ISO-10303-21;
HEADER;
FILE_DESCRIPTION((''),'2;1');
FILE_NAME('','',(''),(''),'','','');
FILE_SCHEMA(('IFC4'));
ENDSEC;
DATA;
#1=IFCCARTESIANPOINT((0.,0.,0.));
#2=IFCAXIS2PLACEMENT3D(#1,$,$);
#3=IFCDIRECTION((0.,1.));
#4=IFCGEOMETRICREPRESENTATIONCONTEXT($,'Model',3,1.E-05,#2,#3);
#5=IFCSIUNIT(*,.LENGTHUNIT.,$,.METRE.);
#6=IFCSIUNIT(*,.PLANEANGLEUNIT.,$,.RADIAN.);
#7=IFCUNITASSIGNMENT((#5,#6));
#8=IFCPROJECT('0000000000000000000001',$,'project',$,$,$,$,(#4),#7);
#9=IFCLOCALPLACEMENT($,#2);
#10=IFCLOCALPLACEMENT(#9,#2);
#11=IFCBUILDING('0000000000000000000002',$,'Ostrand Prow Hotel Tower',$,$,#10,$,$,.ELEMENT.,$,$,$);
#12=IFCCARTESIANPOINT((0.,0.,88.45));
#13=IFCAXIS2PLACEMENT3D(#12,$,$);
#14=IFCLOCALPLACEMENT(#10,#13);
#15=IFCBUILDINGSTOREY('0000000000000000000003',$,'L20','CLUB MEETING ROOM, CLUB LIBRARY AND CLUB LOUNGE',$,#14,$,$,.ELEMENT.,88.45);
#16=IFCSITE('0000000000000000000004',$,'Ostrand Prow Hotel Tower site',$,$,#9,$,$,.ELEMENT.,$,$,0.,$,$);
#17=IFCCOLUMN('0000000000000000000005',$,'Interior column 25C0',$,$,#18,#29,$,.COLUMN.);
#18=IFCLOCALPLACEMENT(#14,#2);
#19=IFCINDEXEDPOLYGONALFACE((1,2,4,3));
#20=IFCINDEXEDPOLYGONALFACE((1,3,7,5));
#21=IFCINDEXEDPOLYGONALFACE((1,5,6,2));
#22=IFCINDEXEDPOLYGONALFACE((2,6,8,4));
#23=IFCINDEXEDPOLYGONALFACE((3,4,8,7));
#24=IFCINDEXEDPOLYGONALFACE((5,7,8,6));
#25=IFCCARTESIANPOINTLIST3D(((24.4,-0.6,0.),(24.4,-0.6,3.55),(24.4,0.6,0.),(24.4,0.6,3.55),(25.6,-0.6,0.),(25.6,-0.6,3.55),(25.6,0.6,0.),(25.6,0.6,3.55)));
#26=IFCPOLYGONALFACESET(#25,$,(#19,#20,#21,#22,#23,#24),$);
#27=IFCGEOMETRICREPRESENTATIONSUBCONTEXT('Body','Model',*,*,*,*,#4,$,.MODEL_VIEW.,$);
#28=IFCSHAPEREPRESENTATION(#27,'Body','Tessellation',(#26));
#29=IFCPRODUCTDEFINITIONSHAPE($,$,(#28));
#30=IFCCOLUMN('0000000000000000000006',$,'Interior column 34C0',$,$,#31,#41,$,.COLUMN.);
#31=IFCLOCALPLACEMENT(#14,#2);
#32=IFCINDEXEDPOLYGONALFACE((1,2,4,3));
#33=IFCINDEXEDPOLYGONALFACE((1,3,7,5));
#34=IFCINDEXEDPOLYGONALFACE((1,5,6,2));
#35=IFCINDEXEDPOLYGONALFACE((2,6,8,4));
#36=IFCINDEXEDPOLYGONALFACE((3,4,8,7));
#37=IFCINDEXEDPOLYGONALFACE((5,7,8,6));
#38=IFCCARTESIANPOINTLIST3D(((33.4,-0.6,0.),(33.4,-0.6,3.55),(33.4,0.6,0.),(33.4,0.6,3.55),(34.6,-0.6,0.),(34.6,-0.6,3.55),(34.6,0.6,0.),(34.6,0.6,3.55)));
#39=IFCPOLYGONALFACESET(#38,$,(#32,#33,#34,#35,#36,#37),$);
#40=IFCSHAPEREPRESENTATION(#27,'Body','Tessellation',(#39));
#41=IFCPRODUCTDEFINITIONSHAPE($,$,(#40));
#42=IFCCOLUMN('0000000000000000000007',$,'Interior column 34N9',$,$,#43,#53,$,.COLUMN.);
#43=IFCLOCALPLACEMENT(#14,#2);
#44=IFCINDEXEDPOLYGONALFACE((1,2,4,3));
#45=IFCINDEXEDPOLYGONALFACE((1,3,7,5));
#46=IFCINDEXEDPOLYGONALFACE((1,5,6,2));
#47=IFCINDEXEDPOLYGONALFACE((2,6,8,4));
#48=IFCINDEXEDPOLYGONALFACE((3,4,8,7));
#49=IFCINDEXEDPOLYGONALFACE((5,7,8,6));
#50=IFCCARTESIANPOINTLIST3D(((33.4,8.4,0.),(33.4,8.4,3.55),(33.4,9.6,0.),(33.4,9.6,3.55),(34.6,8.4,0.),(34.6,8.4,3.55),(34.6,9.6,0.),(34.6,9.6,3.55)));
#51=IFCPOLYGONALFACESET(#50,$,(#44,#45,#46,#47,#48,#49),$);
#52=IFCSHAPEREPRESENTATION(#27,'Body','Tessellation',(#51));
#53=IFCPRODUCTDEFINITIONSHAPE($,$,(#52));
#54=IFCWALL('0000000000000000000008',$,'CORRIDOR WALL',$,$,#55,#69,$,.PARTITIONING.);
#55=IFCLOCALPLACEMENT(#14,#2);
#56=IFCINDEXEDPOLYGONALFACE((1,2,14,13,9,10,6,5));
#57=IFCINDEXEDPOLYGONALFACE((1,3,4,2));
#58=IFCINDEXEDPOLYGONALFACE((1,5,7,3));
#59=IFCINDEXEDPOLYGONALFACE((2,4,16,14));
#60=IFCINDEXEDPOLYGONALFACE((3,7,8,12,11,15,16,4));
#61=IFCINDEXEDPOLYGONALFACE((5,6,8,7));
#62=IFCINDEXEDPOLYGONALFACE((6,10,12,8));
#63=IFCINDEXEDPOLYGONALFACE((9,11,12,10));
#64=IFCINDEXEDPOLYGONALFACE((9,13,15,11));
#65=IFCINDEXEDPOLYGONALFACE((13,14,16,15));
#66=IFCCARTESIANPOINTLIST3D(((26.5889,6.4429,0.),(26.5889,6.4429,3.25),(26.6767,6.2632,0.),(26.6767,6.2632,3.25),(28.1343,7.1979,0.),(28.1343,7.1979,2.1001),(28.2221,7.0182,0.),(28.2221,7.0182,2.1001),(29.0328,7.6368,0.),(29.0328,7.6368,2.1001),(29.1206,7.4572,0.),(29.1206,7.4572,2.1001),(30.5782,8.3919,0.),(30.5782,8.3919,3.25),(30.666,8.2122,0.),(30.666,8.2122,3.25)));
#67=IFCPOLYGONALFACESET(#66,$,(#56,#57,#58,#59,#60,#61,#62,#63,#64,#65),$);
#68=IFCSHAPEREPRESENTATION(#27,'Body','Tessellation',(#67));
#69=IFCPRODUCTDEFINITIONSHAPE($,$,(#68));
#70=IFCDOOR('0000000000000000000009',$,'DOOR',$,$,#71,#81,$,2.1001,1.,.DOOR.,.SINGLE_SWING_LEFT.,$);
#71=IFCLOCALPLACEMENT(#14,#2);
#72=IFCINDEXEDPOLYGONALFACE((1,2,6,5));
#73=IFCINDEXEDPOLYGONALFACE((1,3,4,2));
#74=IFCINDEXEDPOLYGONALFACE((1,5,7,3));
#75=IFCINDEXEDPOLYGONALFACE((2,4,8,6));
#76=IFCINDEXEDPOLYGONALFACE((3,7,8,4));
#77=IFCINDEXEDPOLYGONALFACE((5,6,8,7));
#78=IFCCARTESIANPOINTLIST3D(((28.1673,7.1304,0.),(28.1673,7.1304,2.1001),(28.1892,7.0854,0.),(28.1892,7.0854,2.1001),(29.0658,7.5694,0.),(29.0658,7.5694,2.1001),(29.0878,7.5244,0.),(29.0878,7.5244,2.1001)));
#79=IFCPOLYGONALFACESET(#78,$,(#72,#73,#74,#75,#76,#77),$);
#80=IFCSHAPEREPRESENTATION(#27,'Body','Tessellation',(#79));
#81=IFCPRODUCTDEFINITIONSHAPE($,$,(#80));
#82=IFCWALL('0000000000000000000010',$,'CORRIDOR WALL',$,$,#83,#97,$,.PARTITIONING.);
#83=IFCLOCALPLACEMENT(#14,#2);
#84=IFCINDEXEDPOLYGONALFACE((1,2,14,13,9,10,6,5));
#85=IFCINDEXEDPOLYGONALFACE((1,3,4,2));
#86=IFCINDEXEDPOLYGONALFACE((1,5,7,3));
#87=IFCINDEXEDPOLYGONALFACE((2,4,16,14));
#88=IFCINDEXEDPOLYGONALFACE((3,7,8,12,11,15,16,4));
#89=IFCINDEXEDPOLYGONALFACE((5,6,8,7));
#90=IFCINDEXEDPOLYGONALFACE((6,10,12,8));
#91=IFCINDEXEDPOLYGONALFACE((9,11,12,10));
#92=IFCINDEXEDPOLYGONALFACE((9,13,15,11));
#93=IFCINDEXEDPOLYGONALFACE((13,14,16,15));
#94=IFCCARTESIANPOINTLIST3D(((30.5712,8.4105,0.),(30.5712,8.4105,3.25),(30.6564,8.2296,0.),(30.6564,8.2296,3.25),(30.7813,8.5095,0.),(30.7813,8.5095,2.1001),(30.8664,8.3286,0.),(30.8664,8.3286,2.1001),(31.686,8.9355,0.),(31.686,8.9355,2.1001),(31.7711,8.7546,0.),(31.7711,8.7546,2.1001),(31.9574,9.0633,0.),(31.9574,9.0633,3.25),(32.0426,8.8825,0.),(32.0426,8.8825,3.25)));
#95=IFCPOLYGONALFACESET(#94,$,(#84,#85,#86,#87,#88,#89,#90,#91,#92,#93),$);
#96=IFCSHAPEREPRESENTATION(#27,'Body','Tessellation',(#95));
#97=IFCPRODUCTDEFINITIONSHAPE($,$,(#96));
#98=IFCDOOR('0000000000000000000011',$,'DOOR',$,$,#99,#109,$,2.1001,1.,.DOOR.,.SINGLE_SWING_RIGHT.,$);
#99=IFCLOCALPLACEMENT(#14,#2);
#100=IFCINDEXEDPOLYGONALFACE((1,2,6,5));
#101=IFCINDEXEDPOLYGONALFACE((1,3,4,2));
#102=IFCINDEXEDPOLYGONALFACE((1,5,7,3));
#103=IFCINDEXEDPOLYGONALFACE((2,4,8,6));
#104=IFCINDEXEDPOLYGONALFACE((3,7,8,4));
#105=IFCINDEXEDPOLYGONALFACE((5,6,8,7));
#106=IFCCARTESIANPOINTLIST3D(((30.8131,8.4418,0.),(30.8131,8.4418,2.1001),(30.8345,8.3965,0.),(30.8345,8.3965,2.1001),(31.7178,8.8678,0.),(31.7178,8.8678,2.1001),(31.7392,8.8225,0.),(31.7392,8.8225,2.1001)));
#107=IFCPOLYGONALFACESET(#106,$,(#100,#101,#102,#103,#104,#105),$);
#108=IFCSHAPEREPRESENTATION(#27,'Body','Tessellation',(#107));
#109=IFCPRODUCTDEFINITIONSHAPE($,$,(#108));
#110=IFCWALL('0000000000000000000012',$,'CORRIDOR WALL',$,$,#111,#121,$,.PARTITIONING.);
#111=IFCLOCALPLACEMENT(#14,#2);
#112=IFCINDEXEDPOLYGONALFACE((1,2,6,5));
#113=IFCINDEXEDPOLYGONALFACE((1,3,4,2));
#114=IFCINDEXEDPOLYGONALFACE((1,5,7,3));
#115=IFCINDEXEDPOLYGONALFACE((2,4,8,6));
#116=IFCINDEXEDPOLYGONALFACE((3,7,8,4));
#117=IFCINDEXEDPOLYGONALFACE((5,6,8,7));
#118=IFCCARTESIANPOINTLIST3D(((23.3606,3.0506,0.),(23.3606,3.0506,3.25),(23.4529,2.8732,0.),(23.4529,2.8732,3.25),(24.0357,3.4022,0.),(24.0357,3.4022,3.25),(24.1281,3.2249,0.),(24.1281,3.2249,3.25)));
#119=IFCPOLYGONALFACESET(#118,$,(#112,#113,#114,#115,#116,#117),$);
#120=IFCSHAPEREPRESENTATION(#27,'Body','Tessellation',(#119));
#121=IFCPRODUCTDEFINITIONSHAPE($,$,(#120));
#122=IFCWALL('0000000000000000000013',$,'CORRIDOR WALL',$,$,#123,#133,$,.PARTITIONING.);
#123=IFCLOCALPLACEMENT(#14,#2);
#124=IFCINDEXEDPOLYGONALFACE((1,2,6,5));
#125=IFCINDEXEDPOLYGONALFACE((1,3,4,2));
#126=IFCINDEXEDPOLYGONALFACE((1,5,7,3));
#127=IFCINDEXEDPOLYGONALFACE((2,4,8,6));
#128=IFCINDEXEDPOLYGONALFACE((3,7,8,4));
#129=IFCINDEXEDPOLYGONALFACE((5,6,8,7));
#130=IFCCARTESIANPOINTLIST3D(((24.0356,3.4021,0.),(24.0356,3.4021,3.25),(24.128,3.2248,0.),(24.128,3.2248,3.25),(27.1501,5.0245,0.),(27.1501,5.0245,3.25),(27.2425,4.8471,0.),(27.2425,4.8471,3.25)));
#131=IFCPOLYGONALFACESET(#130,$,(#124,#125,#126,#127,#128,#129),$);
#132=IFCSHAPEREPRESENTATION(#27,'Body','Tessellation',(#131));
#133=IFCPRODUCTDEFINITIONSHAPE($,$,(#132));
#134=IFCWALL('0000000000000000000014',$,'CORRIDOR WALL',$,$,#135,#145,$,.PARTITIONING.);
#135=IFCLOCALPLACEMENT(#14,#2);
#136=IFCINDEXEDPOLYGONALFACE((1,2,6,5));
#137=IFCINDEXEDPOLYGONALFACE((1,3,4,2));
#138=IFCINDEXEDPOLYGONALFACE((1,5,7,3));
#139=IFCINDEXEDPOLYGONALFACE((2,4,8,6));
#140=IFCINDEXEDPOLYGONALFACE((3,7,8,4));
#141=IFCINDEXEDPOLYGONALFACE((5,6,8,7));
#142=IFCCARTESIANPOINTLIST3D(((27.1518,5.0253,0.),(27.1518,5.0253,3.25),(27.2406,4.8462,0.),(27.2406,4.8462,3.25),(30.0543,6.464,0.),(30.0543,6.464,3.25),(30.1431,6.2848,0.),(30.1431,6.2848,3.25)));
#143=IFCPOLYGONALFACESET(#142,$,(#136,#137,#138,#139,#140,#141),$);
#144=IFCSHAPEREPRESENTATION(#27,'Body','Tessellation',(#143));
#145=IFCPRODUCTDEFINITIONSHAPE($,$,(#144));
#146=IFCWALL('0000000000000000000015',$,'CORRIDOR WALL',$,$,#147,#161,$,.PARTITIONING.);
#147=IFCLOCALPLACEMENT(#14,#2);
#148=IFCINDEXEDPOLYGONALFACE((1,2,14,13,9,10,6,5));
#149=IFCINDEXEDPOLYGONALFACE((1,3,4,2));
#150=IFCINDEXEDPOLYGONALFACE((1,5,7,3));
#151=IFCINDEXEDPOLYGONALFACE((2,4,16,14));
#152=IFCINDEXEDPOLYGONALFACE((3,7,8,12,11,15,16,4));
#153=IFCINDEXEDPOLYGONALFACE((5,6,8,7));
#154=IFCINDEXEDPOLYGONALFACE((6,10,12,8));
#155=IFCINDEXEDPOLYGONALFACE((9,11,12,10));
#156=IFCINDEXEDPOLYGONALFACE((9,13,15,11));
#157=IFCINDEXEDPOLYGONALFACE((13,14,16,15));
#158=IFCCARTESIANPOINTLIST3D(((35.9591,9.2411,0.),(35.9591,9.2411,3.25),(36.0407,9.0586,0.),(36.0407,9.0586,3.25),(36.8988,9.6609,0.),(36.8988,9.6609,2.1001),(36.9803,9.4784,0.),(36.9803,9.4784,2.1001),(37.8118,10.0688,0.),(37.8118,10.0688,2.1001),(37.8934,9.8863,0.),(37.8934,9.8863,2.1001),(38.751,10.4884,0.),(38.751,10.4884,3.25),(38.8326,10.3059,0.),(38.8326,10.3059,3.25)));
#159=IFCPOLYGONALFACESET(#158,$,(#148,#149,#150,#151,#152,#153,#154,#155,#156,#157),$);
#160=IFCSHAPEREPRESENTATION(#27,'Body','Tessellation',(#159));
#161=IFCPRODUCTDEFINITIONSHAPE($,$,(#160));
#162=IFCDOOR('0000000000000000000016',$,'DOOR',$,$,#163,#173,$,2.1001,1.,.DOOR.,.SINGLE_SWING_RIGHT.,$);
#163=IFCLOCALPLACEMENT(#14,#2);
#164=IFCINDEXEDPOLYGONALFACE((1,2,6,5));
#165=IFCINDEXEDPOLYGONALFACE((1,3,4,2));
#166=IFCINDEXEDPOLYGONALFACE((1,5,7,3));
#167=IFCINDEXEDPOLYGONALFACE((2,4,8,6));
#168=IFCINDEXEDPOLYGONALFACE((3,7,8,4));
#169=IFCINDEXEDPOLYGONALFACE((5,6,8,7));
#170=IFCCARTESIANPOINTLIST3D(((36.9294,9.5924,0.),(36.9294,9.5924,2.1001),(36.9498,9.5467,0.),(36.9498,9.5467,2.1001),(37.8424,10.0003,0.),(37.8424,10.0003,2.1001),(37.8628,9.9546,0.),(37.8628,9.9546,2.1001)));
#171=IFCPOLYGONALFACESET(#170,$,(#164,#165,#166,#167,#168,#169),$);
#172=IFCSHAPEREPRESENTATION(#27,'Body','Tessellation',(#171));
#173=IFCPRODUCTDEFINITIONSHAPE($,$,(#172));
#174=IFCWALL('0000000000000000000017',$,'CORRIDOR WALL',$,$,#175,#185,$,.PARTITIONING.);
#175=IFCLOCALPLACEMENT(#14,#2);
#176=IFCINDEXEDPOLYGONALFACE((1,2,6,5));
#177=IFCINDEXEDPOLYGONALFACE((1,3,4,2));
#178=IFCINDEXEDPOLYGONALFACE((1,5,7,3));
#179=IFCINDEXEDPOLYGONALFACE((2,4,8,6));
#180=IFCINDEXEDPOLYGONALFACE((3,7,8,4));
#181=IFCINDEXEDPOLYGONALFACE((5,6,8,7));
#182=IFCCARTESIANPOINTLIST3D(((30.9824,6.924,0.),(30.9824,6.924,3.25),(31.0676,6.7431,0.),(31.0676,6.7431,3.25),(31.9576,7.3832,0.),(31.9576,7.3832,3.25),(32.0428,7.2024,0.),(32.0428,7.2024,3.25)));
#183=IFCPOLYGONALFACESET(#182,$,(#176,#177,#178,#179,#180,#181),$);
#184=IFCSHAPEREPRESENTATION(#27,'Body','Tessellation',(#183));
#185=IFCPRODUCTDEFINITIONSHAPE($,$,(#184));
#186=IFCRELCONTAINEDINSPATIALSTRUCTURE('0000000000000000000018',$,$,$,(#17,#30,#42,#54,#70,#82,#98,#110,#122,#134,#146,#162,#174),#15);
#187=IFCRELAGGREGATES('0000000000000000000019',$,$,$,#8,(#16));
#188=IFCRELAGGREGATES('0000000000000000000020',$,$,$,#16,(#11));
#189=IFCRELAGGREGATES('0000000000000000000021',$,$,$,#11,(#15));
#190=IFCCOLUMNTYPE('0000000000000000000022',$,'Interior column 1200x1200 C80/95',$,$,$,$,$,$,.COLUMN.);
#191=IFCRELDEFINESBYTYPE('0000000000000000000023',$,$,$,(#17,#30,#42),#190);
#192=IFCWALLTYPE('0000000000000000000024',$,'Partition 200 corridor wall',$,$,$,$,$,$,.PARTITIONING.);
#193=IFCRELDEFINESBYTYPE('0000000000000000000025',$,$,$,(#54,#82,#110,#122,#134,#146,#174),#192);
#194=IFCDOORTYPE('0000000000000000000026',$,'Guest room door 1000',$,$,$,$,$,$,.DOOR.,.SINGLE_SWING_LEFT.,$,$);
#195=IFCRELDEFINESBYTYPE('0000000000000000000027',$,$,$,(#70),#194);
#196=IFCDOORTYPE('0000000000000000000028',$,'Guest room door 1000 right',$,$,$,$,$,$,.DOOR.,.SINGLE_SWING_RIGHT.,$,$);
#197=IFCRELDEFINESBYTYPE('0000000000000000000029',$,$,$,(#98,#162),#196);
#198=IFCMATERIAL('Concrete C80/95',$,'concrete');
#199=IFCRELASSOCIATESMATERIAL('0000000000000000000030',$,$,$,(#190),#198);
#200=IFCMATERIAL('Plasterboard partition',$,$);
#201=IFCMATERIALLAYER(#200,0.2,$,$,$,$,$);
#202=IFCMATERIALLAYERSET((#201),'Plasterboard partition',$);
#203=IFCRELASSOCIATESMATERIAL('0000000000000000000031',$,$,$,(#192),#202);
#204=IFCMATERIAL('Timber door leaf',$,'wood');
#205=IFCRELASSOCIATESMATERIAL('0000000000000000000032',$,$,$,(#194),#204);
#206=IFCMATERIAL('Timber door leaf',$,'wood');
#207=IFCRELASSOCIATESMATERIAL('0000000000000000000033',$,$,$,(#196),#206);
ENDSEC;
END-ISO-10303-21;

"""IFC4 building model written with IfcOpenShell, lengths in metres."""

from ifc_helpers import new_model, si_unit, direction, frame, frame_2d, origin, origin_2d, place, context, subcontext, project, spatial, rectangle, extrude, material, layer, layer_set, material_profile, profile_set, type_object, element, fill, save


model = new_model("IFC4")

# Units and contexts
model_context = context("Model", 3, precision=1e-05, world=origin(), true_north=direction((0.0, 1.0)))
body_context = subcontext(model_context, "Body", "Model", "MODEL_VIEW")
ifc_project = project(units=[si_unit("LENGTHUNIT", "METRE"), si_unit("PLANEANGLEUNIT", "RADIAN")], contexts=[model_context])

# Site, building, storey
site_placement = place(None, origin())
site = spatial("IfcSite", under=ifc_project, at=site_placement, Name="Ostrand Prow Hotel Tower site", CompositionType="ELEMENT", RefElevation=0.0)
building_placement = place(site_placement, origin())
building = spatial("IfcBuilding", under=site, at=building_placement, Name="Ostrand Prow Hotel Tower", CompositionType="ELEMENT")
storey_placement = place(building_placement, frame((0.0, 0.0, 88.45)))
storey = spatial("IfcBuildingStorey", under=building, at=storey_placement, Name="L20", Description="CLUB MEETING ROOM, CLUB LIBRARY AND CLUB LOUNGE", CompositionType="ELEMENT", Elevation=88.45)

# Columns
ifc_material_1 = material(Name="Concrete C80/95", Category="concrete")
ifc_material_profile = material_profile(ifc_material_1, rectangle(XDim=1.2, YDim=1.2, at=origin_2d()), Name="RC 1200x1200")
ifc_profile_set = profile_set([ifc_material_profile], Name="Concrete C80/95")
column_type = type_object("IfcColumnType", Name="Interior column 1200x1200 C80/95", PredefinedType="COLUMN", material=ifc_profile_set)
for number, where, z_axis, x_axis, name in (
    (1, (25.0, 0.0, 0.0), (0.0, 0.0, 1.0), (1.0, 0.0, 0.0), "Interior column 25C0"),
    (2, (34.0, 0.0, 0.0), (0.0, 0.0, 1.0), (1.0, 0.0, 0.0), "Interior column 34C0"),
    (3, (34.0, 9.0, 0.0), (0.0, 0.0, 1.0), (1.0, 0.0, 0.0), "Interior column 34N9"),
):
    element("IfcColumn", number, at=place(storey_placement, frame(where, z_axis=z_axis, x_axis=x_axis)), inside=storey, type_object=column_type, Name=name, PredefinedType="COLUMN", context=body_context, shape_type="SweptSolid", body=[
        extrude(rectangle(XDim=1.2, YDim=1.2, at=origin_2d()), origin(), (0.0, 0.0, 1.0), 3.55),
    ])

# Walls, openings, doors
ifc_material_2 = material(Name="Plasterboard partition")
ifc_layer_1 = layer(ifc_material_2, 0.2)
ifc_layer_set_1 = layer_set([ifc_layer_1], Name="Plasterboard partition")
wall_type_1 = type_object("IfcWallType", Name="Partition 200 corridor wall", PredefinedType="PARTITIONING", material=ifc_layer_set_1)
wall_1_placement = place(storey_placement, frame((26.6328, 6.353, 0.0), z_axis=(0.0, 0.0, 1.0), x_axis=(0.898502, 0.438968, 0.0)))
wall_1 = element("IfcWall", 4, at=wall_1_placement, inside=storey, type_object=wall_type_1, Name="CORRIDOR WALL", PredefinedType="PARTITIONING", context=body_context, shape_type="SweptSolid", body=[
    extrude(rectangle(XDim=4.4399, YDim=0.2, at=frame_2d((2.22, 0.0))), origin(), (0.0, 0.0, 1.0), 3.25),
])
opening_1_placement = place(wall_1_placement, frame((1.72, 0.0, 0.0)))
opening_1 = element("IfcOpeningElement", 5, at=opening_1_placement, cuts=wall_1, PredefinedType="OPENING", context=body_context, shape_type="SweptSolid", body=[
    extrude(rectangle(XDim=1.0, YDim=2.1001, at=frame_2d((0.5, 1.05))), frame((0.0, 0.1099, 0.0), z_axis=(0.0, -1.0, 0.0), x_axis=(1.0, 0.0, 0.0)), (0.0, 0.0, 1.0), 0.22),
])
ifc_material_3 = material(Name="Timber door leaf", Category="wood")
door_type_1 = type_object("IfcDoorType", Name="Guest room door 1000", OperationType="SINGLE_SWING_LEFT", PredefinedType="DOOR", material=ifc_material_3)
door_1_placement = place(opening_1_placement, origin())
door_1 = element("IfcDoor", 6, at=door_1_placement, inside=storey, type_object=door_type_1, Name="DOOR", OperationType="SINGLE_SWING_LEFT", OverallHeight=2.1001, OverallWidth=1.0, PredefinedType="DOOR", context=body_context, shape_type="SweptSolid", body=[
    extrude(rectangle(XDim=1.0, YDim=2.1001, at=frame_2d((0.5, 1.05))), frame((0.0, 0.0249, 0.0), z_axis=(0.0, -1.0, 0.0), x_axis=(1.0, 0.0, 0.0)), (0.0, 0.0, 1.0), 0.05),
])
fill(opening_1, door_1)
wall_2_placement = place(storey_placement, frame((32.0, 8.9729, 0.0), z_axis=(0.0, 0.0, 1.0), x_axis=(-0.904696, -0.426058, 0.0)))
wall_2 = element("IfcWall", 7, at=wall_2_placement, inside=storey, type_object=wall_type_1, Name="CORRIDOR WALL", PredefinedType="PARTITIONING", context=body_context, shape_type="SweptSolid", body=[
    extrude(rectangle(XDim=1.5322, YDim=0.2, at=frame_2d((0.7661, 0.0))), origin(), (0.0, 0.0, 1.0), 3.25),
])
opening_2_placement = place(wall_2_placement, frame((0.3, 0.0, 0.0)))
opening_2 = element("IfcOpeningElement", 8, at=opening_2_placement, cuts=wall_2, PredefinedType="OPENING", context=body_context, shape_type="SweptSolid", body=[
    extrude(rectangle(XDim=1.0, YDim=2.1001, at=frame_2d((0.5, 1.05))), frame((0.0, 0.1099, 0.0), z_axis=(0.0, -1.0, 0.0), x_axis=(1.0, 0.0, 0.0)), (0.0, 0.0, 1.0), 0.22),
])
ifc_material_4 = material(Name="Timber door leaf", Category="wood")
door_type_2 = type_object("IfcDoorType", Name="Guest room door 1000 right", OperationType="SINGLE_SWING_RIGHT", PredefinedType="DOOR", material=ifc_material_4)
door_2_placement = place(opening_2_placement, origin())
door_2 = element("IfcDoor", 9, at=door_2_placement, inside=storey, type_object=door_type_2, Name="DOOR", OperationType="SINGLE_SWING_RIGHT", OverallHeight=2.1001, OverallWidth=1.0, PredefinedType="DOOR", context=body_context, shape_type="SweptSolid", body=[
    extrude(rectangle(XDim=1.0, YDim=2.1001, at=frame_2d((0.5, 1.05))), frame((0.0, 0.0249, 0.0), z_axis=(0.0, -1.0, 0.0), x_axis=(1.0, 0.0, 0.0)), (0.0, 0.0, 1.0), 0.05),
])
fill(opening_2, door_2)

# Walls
wall_3_placement = place(storey_placement, frame((23.4067, 2.9619, 0.0), z_axis=(0.0, 0.0, 1.0), x_axis=(0.886928, 0.461908, 0.0)))
element("IfcWall", 10, at=wall_3_placement, inside=storey, type_object=wall_type_1, Name="CORRIDOR WALL", PredefinedType="PARTITIONING", context=body_context, shape_type="SweptSolid", body=[
    extrude(rectangle(XDim=0.7612, YDim=0.2, at=frame_2d((0.3806, 0.0))), origin(), (0.0, 0.0, 1.0), 3.25),
])
wall_4_placement = place(storey_placement, frame((24.0818, 3.3135, 0.0), z_axis=(0.0, 0.0, 1.0), x_axis=(0.886893, 0.461974, 0.0)))
element("IfcWall", 11, at=wall_4_placement, inside=storey, type_object=wall_type_1, Name="CORRIDOR WALL", PredefinedType="PARTITIONING", context=body_context, shape_type="SweptSolid", body=[
    extrude(rectangle(XDim=3.5117, YDim=0.2, at=frame_2d((1.7559, 0.0))), origin(), (0.0, 0.0, 1.0), 3.25),
])
wall_5_placement = place(storey_placement, frame((27.1963, 4.9358, 0.0), z_axis=(0.0, 0.0, 1.0), x_axis=(0.895974, 0.444106, 0.0)))
element("IfcWall", 12, at=wall_5_placement, inside=storey, type_object=wall_type_1, Name="CORRIDOR WALL", PredefinedType="PARTITIONING", context=body_context, shape_type="SweptSolid", body=[
    extrude(rectangle(XDim=3.2395, YDim=0.2, at=frame_2d((1.6196, 0.0))), origin(), (0.0, 0.0, 1.0), 3.25),
])

# Wall, opening, door
wall_6_placement = place(storey_placement, frame((36.0, 9.1499, 0.0), z_axis=(0.0, 0.0, 1.0), x_axis=(0.91303, 0.407893, 0.0)))
wall_6 = element("IfcWall", 13, at=wall_6_placement, inside=storey, type_object=wall_type_1, Name="CORRIDOR WALL", PredefinedType="PARTITIONING", context=body_context, shape_type="SweptSolid", body=[
    extrude(rectangle(XDim=3.0579, YDim=0.2, at=frame_2d((1.5288, 0.0))), origin(), (0.0, 0.0, 1.0), 3.25),
])
opening_3_placement = place(wall_6_placement, frame((1.0291, 0.0, 0.0)))
opening_3 = element("IfcOpeningElement", 14, at=opening_3_placement, cuts=wall_6, PredefinedType="OPENING", context=body_context, shape_type="SweptSolid", body=[
    extrude(rectangle(XDim=1.0, YDim=2.1001, at=frame_2d((0.5, 1.05))), frame((0.0, 0.1099, 0.0), z_axis=(0.0, -1.0, 0.0), x_axis=(1.0, 0.0, 0.0)), (0.0, 0.0, 1.0), 0.22),
])
door_3_placement = place(opening_3_placement, origin())
door_3 = element("IfcDoor", 15, at=door_3_placement, inside=storey, type_object=door_type_2, Name="DOOR", OperationType="SINGLE_SWING_RIGHT", OverallHeight=2.1001, OverallWidth=1.0, PredefinedType="DOOR", context=body_context, shape_type="SweptSolid", body=[
    extrude(rectangle(XDim=1.0, YDim=2.1001, at=frame_2d((0.5, 1.05))), frame((0.0, 0.0249, 0.0), z_axis=(0.0, -1.0, 0.0), x_axis=(1.0, 0.0, 0.0)), (0.0, 0.0, 1.0), 0.05),
])
fill(opening_3, door_3)

# Wall
wall_7_placement = place(storey_placement, frame((31.0249, 6.8335, 0.0), z_axis=(0.0, 0.0, 1.0), x_axis=(0.90469, 0.42607, 0.0)))
element("IfcWall", 16, at=wall_7_placement, inside=storey, type_object=wall_type_1, Name="CORRIDOR WALL", PredefinedType="PARTITIONING", context=body_context, shape_type="SweptSolid", body=[
    extrude(rectangle(XDim=1.0779, YDim=0.2, at=frame_2d((0.5391, 0.0))), origin(), (0.0, 0.0, 1.0), 3.25),
])

save(model, "model.ifc")
